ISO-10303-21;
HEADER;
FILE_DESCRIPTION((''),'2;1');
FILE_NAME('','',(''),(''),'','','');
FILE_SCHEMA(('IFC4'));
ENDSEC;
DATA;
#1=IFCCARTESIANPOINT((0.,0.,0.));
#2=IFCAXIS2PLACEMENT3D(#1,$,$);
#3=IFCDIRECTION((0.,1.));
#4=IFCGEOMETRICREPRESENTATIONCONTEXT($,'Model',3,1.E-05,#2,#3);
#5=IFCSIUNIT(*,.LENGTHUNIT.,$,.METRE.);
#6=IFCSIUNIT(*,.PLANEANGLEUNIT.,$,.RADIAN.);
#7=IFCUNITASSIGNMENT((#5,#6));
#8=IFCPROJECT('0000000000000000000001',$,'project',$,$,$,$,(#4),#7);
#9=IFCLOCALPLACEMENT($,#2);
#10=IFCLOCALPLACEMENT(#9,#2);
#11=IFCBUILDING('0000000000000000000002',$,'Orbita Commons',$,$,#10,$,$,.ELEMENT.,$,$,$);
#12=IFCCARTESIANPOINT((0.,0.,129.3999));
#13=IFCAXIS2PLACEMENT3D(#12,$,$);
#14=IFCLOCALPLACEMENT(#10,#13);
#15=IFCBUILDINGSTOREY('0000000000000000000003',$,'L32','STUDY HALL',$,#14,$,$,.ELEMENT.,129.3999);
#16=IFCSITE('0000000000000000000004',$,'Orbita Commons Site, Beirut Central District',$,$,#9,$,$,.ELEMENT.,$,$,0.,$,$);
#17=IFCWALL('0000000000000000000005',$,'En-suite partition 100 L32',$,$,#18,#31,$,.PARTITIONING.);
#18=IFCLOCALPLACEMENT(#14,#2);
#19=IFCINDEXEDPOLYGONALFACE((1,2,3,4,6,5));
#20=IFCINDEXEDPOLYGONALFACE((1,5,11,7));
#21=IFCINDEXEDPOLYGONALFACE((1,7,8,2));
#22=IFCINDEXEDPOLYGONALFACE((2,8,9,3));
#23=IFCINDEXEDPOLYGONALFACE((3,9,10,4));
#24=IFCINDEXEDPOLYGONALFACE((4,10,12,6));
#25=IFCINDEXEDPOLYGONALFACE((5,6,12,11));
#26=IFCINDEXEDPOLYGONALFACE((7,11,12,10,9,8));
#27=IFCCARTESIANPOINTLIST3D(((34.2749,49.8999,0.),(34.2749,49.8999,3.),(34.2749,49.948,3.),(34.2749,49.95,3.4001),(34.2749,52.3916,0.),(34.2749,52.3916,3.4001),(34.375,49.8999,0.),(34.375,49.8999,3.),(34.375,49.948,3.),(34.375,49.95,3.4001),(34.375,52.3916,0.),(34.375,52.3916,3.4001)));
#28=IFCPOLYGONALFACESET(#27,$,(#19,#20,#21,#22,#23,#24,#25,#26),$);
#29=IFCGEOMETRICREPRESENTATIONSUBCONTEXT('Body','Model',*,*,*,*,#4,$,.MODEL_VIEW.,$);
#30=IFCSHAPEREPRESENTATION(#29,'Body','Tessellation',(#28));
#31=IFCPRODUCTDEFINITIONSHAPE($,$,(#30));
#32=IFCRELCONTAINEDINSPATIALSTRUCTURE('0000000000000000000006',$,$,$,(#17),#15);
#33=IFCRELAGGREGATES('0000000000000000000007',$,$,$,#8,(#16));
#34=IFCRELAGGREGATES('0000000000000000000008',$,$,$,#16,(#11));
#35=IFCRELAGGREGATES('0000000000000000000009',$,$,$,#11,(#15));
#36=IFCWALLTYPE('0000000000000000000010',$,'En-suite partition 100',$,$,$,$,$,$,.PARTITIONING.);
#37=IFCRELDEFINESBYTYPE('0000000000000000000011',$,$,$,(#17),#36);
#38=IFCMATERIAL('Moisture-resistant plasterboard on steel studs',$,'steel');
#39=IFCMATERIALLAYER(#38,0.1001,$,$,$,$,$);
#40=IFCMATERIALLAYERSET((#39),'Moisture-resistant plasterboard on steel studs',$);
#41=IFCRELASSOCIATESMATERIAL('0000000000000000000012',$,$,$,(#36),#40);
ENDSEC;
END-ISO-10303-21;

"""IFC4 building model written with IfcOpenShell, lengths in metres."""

from ifc_helpers import new_model, si_unit, direction, frame, origin, place, context, subcontext, project, spatial, polyline, outline, extrude, material, layer, layer_set, type_object, element, save


model = new_model("IFC4")

# Units and contexts
model_context = context("Model", 3, precision=1e-05, world=origin(), true_north=direction((0.0, 1.0)))
body_context = subcontext(model_context, "Body", "Model", "MODEL_VIEW")
ifc_project = project(units=[si_unit("LENGTHUNIT", "METRE"), si_unit("PLANEANGLEUNIT", "RADIAN")], contexts=[model_context])

# Site, building, storey
site_placement = place(None, origin())
site = spatial("IfcSite", under=ifc_project, at=site_placement, Name="Orbita Commons Site, Beirut Central District", CompositionType="ELEMENT", RefElevation=0.0)
building_placement = place(site_placement, origin())
building = spatial("IfcBuilding", under=site, at=building_placement, Name="Orbita Commons", CompositionType="ELEMENT")
storey_placement = place(building_placement, frame((0.0, 0.0, 129.3999)))
storey = spatial("IfcBuildingStorey", under=building, at=storey_placement, Name="L32", Description="STUDY HALL", CompositionType="ELEMENT", Elevation=129.3999)

# Shared definitions
ifc_material_1 = material(Name="Moisture-resistant plasterboard on steel studs", Category="steel")
ifc_layer_1 = layer(ifc_material_1, 0.1001)
ifc_layer_set_1 = layer_set([ifc_layer_1], Name="Moisture-resistant plasterboard on steel studs")
wall_type_1 = type_object("IfcWallType", Name="En-suite partition 100", PredefinedType="PARTITIONING", material=ifc_layer_set_1)

# Wall
for number, where, z_axis, x_axis, name in (
    (1, (34.325, 52.3916, 0.0), (0.0, 0.0, 1.0), (0.0, -1.0, 0.0), "En-suite partition 100 L32"),
):
    element("IfcWall", number, at=place(storey_placement, frame(where, z_axis=z_axis, x_axis=x_axis)), inside=storey, type_object=wall_type_1, Name=name, PredefinedType="PARTITIONING", context=body_context, shape_type="SweptSolid", body=[
        extrude(outline(polyline([(0.0, 0.0), (2.4917, 0.0), (2.4917, 3.0), (2.4436, 3.0), (2.4417, 3.4001), (0.0, 3.4001), (0.0, 0.0)])), frame((0.0, 0.05, 0.0), z_axis=(0.0, -1.0, 0.0), x_axis=(1.0, 0.0, 0.0)), (0.0, 0.0, 1.0), 0.1001),
    ])

save(model, "model.ifc")
